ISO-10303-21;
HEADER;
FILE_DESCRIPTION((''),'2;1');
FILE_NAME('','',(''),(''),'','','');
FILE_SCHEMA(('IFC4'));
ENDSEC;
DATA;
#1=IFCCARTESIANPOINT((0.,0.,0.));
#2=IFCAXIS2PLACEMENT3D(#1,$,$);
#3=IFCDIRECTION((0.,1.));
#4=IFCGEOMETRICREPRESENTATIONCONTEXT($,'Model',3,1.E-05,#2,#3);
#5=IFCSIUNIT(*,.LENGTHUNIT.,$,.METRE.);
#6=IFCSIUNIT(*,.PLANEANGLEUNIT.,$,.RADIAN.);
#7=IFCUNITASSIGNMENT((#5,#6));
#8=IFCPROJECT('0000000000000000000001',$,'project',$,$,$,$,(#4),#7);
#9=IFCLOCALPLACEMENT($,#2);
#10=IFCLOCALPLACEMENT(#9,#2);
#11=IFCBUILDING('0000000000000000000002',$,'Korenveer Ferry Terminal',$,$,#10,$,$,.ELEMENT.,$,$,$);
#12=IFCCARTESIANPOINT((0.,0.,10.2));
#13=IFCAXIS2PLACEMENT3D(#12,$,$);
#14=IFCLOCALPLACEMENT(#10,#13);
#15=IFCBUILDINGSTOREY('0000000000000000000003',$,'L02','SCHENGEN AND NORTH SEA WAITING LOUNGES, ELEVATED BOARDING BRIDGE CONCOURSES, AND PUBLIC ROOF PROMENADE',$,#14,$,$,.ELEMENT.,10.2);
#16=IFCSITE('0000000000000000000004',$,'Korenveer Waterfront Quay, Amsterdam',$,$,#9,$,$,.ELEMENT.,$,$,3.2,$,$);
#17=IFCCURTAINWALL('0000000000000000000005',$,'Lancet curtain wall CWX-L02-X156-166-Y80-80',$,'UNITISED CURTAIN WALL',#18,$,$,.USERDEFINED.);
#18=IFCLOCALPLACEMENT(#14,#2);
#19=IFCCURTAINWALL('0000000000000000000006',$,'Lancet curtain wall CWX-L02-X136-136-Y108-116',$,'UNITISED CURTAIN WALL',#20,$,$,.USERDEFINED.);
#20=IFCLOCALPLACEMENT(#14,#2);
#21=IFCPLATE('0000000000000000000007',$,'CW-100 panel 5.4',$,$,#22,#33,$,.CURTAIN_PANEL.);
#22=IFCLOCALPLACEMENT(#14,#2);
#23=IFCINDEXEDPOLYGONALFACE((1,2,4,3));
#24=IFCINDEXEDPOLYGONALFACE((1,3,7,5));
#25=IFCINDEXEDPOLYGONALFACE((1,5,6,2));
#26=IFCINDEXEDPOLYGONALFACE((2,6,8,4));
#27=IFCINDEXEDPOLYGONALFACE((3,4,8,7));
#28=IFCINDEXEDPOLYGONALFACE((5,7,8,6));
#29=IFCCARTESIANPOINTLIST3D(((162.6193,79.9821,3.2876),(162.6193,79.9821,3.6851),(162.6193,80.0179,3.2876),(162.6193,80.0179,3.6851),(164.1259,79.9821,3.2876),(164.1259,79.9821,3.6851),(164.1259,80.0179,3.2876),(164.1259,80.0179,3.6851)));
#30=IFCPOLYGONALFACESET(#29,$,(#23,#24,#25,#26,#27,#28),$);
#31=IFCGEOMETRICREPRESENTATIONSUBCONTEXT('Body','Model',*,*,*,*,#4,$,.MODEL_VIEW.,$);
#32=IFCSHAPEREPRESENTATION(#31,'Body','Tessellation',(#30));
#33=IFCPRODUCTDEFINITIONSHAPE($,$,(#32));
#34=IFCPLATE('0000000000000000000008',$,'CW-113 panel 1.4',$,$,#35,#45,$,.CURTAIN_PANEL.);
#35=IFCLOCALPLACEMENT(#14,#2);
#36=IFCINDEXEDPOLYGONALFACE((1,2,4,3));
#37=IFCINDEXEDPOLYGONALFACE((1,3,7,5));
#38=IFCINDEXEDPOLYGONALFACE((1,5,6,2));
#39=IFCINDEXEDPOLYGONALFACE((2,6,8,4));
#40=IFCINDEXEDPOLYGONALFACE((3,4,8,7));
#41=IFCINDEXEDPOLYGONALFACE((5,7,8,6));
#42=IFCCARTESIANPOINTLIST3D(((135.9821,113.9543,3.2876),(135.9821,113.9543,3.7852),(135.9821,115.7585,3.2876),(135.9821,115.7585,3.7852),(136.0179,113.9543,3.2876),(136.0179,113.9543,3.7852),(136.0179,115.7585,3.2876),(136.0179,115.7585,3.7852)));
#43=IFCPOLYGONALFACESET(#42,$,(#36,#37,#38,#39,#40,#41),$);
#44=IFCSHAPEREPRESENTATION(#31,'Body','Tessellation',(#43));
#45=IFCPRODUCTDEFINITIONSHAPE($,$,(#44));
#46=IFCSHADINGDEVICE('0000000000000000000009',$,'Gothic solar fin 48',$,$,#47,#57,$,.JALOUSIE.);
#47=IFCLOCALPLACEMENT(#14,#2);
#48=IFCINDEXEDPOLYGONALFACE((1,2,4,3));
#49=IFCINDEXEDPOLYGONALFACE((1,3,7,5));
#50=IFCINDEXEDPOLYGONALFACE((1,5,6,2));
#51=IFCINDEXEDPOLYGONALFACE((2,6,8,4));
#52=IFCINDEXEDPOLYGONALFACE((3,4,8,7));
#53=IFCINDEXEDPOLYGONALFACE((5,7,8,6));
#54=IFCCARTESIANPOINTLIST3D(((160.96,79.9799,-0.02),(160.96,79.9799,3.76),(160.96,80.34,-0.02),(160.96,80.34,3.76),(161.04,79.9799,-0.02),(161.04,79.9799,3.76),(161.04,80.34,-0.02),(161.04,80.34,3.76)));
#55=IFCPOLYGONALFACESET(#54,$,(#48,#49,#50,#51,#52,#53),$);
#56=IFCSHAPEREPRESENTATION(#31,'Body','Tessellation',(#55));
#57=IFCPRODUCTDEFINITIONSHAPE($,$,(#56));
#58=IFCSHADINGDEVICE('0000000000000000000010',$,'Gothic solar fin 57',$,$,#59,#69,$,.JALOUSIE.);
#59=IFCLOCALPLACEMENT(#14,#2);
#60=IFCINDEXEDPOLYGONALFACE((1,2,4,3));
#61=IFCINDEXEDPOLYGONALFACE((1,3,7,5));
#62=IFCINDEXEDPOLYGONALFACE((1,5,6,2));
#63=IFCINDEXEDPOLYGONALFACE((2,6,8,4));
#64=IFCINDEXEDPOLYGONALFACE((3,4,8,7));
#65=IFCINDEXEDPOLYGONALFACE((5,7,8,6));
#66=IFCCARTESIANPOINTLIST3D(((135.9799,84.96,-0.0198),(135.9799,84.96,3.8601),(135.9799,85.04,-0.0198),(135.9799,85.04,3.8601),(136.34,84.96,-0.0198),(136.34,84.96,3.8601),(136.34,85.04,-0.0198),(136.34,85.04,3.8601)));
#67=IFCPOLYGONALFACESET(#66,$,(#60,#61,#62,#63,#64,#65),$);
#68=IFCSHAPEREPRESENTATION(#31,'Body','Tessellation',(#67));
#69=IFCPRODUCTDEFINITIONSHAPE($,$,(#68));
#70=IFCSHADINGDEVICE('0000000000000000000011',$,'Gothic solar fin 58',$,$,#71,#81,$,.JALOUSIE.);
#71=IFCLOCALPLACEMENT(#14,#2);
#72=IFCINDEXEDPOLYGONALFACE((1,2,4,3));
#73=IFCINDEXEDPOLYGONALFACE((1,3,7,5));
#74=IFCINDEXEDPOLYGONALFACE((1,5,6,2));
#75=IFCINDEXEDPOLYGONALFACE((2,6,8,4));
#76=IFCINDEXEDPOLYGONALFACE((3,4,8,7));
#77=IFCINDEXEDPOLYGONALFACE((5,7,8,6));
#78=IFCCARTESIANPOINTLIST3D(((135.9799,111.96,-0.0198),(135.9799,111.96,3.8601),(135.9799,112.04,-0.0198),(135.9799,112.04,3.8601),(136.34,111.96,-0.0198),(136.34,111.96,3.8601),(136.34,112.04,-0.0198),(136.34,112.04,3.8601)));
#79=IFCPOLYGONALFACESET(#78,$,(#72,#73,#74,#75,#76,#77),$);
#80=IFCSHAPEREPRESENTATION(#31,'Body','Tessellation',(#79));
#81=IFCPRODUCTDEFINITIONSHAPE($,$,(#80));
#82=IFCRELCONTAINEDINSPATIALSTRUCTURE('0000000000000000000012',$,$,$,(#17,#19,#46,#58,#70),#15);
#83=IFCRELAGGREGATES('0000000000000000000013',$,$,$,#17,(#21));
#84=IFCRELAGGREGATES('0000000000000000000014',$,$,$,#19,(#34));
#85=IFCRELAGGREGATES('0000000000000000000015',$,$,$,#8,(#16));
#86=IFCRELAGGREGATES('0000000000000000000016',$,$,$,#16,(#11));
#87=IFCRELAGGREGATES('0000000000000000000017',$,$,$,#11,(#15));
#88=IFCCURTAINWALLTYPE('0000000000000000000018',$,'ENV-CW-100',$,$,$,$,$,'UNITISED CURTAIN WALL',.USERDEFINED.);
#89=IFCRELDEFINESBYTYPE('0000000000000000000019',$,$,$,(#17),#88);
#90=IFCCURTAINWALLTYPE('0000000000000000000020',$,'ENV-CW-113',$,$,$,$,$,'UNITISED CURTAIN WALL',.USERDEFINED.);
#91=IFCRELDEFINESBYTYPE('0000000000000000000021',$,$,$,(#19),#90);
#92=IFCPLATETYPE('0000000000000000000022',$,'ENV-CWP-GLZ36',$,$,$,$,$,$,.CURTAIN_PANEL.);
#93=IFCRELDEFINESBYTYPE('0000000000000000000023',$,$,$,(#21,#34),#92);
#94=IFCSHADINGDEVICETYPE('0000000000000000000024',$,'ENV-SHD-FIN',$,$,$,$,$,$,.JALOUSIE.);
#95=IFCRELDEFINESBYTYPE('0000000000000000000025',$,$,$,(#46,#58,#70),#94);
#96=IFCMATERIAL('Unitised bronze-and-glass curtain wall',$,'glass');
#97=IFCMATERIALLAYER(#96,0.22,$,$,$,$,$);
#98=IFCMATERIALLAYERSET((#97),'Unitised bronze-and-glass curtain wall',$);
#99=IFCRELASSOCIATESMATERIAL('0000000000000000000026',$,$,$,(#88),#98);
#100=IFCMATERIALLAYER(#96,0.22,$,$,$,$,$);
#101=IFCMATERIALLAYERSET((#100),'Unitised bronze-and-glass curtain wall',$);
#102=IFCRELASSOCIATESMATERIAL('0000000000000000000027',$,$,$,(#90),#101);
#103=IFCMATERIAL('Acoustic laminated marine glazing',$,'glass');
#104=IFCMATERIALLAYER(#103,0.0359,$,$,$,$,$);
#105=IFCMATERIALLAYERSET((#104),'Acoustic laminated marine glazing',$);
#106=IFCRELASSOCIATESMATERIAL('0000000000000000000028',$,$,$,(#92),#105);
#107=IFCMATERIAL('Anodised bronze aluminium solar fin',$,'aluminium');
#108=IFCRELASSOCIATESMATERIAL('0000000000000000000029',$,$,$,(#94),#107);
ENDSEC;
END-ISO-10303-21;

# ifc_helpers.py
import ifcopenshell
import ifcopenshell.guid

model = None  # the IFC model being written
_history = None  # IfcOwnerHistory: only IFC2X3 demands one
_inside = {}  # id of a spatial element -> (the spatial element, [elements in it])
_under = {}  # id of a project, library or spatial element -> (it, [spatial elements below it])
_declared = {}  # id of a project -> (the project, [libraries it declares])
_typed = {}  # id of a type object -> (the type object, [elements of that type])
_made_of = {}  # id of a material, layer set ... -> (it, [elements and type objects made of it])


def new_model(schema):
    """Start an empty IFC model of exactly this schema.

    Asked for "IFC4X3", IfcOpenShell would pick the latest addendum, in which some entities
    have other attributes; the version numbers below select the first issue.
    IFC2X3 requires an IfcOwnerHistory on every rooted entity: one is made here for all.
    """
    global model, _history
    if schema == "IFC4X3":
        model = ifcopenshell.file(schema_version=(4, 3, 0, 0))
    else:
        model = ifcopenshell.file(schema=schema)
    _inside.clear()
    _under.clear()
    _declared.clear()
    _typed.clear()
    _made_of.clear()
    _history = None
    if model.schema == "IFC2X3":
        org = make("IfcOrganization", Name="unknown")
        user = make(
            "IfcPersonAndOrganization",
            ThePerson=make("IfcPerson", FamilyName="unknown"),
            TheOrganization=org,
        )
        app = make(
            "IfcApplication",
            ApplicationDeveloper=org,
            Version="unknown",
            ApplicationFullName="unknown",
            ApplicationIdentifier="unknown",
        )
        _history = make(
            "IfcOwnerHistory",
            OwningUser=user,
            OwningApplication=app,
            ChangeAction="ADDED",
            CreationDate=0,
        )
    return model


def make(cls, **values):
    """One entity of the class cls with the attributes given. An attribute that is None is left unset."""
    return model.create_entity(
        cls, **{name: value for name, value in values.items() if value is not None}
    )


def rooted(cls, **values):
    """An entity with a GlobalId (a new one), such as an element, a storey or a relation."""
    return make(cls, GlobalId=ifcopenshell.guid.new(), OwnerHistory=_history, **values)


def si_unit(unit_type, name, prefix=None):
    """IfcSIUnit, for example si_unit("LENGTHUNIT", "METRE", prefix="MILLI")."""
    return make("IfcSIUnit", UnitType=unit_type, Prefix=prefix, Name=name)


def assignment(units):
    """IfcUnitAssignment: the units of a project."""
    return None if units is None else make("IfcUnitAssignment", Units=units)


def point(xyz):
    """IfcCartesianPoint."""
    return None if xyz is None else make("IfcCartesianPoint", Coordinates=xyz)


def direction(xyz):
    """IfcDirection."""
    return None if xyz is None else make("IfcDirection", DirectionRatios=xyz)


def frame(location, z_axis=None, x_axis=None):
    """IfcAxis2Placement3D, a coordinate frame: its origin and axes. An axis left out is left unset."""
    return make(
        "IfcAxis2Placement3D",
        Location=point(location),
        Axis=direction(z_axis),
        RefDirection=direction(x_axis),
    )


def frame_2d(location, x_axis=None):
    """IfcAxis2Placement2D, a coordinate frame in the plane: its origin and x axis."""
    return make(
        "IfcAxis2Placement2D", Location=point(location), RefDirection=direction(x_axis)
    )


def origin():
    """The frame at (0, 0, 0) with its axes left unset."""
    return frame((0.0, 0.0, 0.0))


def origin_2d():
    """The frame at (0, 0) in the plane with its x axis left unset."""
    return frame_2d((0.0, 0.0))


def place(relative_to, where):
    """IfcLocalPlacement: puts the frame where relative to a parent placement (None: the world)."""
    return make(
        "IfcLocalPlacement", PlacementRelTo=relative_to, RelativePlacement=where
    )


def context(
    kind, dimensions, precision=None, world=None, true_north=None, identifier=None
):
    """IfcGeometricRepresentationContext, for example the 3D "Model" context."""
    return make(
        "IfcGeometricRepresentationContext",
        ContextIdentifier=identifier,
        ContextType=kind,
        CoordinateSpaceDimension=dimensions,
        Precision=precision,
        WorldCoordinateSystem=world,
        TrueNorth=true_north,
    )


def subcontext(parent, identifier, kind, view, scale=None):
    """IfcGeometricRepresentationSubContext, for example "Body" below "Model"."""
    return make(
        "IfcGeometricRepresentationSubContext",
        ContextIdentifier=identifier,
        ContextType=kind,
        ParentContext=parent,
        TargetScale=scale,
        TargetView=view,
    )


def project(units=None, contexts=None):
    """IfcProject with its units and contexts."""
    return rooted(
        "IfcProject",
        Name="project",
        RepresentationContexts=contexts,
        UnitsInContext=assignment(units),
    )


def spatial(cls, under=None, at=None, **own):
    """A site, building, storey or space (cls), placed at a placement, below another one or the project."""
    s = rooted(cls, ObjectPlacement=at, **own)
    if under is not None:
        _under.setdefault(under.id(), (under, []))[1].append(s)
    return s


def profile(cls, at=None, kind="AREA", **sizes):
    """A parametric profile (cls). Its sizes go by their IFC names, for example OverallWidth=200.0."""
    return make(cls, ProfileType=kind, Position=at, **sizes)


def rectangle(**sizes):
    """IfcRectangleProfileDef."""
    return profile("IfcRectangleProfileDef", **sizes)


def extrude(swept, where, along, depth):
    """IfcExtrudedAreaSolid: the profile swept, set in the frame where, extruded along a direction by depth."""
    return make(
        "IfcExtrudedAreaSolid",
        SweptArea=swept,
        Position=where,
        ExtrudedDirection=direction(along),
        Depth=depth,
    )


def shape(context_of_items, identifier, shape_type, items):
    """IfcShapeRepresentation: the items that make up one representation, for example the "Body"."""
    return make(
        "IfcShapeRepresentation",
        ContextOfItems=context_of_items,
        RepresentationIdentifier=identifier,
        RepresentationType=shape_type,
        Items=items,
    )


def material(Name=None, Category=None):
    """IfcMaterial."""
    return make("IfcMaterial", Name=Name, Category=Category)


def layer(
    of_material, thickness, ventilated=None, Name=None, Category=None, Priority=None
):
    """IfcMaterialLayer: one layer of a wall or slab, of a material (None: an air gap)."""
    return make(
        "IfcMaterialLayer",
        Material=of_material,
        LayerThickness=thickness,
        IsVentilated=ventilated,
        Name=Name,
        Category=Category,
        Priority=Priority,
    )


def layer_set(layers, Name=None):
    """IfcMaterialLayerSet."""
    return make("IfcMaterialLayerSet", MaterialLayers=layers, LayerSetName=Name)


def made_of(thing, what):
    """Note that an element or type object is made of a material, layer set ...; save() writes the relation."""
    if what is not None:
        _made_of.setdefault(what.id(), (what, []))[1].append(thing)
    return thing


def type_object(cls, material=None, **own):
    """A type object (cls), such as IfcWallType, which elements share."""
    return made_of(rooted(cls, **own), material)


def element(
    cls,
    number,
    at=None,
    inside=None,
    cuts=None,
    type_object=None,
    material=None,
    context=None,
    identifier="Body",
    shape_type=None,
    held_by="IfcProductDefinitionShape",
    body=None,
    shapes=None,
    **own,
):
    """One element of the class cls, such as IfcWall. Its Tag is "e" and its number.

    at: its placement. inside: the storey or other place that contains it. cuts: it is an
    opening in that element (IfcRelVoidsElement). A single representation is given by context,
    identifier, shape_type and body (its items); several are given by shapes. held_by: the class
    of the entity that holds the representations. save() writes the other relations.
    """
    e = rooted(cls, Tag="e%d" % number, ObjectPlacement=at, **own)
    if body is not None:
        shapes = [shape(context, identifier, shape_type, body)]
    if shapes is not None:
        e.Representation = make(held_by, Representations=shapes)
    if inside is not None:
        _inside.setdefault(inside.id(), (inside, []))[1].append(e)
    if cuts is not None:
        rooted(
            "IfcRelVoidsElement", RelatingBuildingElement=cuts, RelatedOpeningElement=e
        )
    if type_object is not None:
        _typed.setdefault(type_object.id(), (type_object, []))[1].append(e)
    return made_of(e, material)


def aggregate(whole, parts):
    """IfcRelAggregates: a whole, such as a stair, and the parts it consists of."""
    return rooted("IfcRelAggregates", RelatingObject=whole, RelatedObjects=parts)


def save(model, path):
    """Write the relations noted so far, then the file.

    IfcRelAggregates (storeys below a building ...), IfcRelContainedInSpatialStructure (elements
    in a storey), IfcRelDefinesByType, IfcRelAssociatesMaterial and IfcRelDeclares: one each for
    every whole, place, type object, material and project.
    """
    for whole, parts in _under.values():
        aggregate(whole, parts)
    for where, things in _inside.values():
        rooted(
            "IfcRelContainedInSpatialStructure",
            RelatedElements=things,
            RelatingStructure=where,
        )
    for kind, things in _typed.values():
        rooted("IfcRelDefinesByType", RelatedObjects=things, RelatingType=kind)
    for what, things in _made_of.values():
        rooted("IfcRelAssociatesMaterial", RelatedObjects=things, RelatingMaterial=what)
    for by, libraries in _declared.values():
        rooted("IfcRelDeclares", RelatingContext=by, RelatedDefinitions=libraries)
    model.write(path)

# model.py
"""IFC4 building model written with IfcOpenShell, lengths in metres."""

from ifc_helpers import new_model, si_unit, direction, frame, origin, origin_2d, place, context, subcontext, project, spatial, rectangle, extrude, material, layer, layer_set, type_object, element, aggregate, save


model = new_model("IFC4")

# Units and contexts
model_context = context("Model", 3, precision=1e-05, world=origin(), true_north=direction((0.0, 1.0)))
body_context = subcontext(model_context, "Body", "Model", "MODEL_VIEW")
ifc_project = project(units=[si_unit("LENGTHUNIT", "METRE"), si_unit("PLANEANGLEUNIT", "RADIAN")], contexts=[model_context])

# Site, building, storey
site_placement = place(None, origin())
site = spatial("IfcSite", under=ifc_project, at=site_placement, Name="Korenveer Waterfront Quay, Amsterdam", CompositionType="ELEMENT", RefElevation=3.2)
building_placement = place(site_placement, origin())
building = spatial("IfcBuilding", under=site, at=building_placement, Name="Korenveer Ferry Terminal", CompositionType="ELEMENT")
storey_placement = place(building_placement, frame((0.0, 0.0, 10.2)))
storey = spatial("IfcBuildingStorey", under=building, at=storey_placement, Name="L02", Description="SCHENGEN AND NORTH SEA WAITING LOUNGES, ELEVATED BOARDING BRIDGE CONCOURSES, AND PUBLIC ROOF PROMENADE", CompositionType="ELEMENT", Elevation=10.2)

# Curtain wall
ifc_material_1 = material(Name="Unitised bronze-and-glass curtain wall", Category="glass")
ifc_layer_1 = layer(ifc_material_1, 0.22)
ifc_layer_set_1 = layer_set([ifc_layer_1], Name="Unitised bronze-and-glass curtain wall")
curtain_wall_type_1 = type_object("IfcCurtainWallType", Name="ENV-CW-100", ElementType="UNITISED CURTAIN WALL", PredefinedType="USERDEFINED", material=ifc_layer_set_1)
curtain_wall_1_placement = place(storey_placement, frame((156.2549, 80.0, 0.0)))
curtain_wall_1 = element("IfcCurtainWall", 1, at=curtain_wall_1_placement, inside=storey, type_object=curtain_wall_type_1, Name="Lancet curtain wall CWX-L02-X156-166-Y80-80", ObjectType="UNITISED CURTAIN WALL", PredefinedType="USERDEFINED")

# Curtain wall
ifc_layer_2 = layer(ifc_material_1, 0.22)
ifc_layer_set_2 = layer_set([ifc_layer_2], Name="Unitised bronze-and-glass curtain wall")
curtain_wall_type_2 = type_object("IfcCurtainWallType", Name="ENV-CW-113", ElementType="UNITISED CURTAIN WALL", PredefinedType="USERDEFINED", material=ifc_layer_set_2)
curtain_wall_2_placement = place(storey_placement, frame((136.0, 115.8335, 0.0)))
curtain_wall_2 = element("IfcCurtainWall", 2, at=curtain_wall_2_placement, inside=storey, type_object=curtain_wall_type_2, Name="Lancet curtain wall CWX-L02-X136-136-Y108-116", ObjectType="UNITISED CURTAIN WALL", PredefinedType="USERDEFINED")

# Plates
ifc_material_2 = material(Name="Acoustic laminated marine glazing", Category="glass")
ifc_layer_3 = layer(ifc_material_2, 0.0359)
ifc_layer_set_3 = layer_set([ifc_layer_3], Name="Acoustic laminated marine glazing")
plate_type = type_object("IfcPlateType", Name="ENV-CWP-GLZ36", PredefinedType="CURTAIN_PANEL", material=ifc_layer_set_3)
plate_1_placement = place(storey_placement, frame((163.3726, 80.0, 3.2876), z_axis=(0.0, 0.0, 1.0), x_axis=(1.0, 0.0, 0.0)))
plate_1 = element("IfcPlate", 3, at=plate_1_placement, type_object=plate_type, Name="CW-100 panel 5.4", PredefinedType="CURTAIN_PANEL", context=body_context, shape_type="SweptSolid", body=[
    extrude(rectangle(XDim=1.5066, YDim=0.0359, at=origin_2d()), origin(), (0.0, 0.0, 1.0), 0.3975),
])
aggregate(curtain_wall_1, [plate_1])
plate_2_placement = place(storey_placement, frame((136.0, 114.8564, 3.2876), z_axis=(0.0, 0.0, 1.0), x_axis=(0.0, -1.0, 0.0)))
plate_2 = element("IfcPlate", 4, at=plate_2_placement, type_object=plate_type, Name="CW-113 panel 1.4", PredefinedType="CURTAIN_PANEL", context=body_context, shape_type="SweptSolid", body=[
    extrude(rectangle(XDim=1.8042, YDim=0.0359, at=origin_2d()), origin(), (0.0, 0.0, 1.0), 0.4976),
])
aggregate(curtain_wall_2, [plate_2])

# Shading devices
ifc_material_3 = material(Name="Anodised bronze aluminium solar fin", Category="aluminium")
shading_device_type = type_object("IfcShadingDeviceType", Name="ENV-SHD-FIN", PredefinedType="JALOUSIE", material=ifc_material_3)
shading_device_placement = place(storey_placement, frame((161.0, 80.1599, -0.02), z_axis=(0.0, 0.0, 1.0), x_axis=(0.0, 1.0, 0.0)))
element("IfcShadingDevice", 5, at=shading_device_placement, inside=storey, type_object=shading_device_type, Name="Gothic solar fin 48", PredefinedType="JALOUSIE", context=body_context, shape_type="SweptSolid", body=[
    extrude(rectangle(XDim=0.3601, YDim=0.0801, at=origin_2d()), origin(), (0.0, 0.0, 1.0), 3.78),
])
for number, where, z_axis, x_axis, name in (
    (6, (136.1599, 85.0, -0.0198), (0.0, 0.0, 1.0), (1.0, 0.0, 0.0), "Gothic solar fin 57"),
    (7, (136.1599, 112.0, -0.0198), (0.0, 0.0, 1.0), (1.0, 0.0, 0.0), "Gothic solar fin 58"),
):
    element("IfcShadingDevice", number, at=place(storey_placement, frame(where, z_axis=z_axis, x_axis=x_axis)), inside=storey, type_object=shading_device_type, Name=name, PredefinedType="JALOUSIE", context=body_context, shape_type="SweptSolid", body=[
        extrude(rectangle(XDim=0.3601, YDim=0.0801, at=origin_2d()), origin(), (0.0, 0.0, 1.0), 3.8799),
    ])

save(model, "model.ifc")
